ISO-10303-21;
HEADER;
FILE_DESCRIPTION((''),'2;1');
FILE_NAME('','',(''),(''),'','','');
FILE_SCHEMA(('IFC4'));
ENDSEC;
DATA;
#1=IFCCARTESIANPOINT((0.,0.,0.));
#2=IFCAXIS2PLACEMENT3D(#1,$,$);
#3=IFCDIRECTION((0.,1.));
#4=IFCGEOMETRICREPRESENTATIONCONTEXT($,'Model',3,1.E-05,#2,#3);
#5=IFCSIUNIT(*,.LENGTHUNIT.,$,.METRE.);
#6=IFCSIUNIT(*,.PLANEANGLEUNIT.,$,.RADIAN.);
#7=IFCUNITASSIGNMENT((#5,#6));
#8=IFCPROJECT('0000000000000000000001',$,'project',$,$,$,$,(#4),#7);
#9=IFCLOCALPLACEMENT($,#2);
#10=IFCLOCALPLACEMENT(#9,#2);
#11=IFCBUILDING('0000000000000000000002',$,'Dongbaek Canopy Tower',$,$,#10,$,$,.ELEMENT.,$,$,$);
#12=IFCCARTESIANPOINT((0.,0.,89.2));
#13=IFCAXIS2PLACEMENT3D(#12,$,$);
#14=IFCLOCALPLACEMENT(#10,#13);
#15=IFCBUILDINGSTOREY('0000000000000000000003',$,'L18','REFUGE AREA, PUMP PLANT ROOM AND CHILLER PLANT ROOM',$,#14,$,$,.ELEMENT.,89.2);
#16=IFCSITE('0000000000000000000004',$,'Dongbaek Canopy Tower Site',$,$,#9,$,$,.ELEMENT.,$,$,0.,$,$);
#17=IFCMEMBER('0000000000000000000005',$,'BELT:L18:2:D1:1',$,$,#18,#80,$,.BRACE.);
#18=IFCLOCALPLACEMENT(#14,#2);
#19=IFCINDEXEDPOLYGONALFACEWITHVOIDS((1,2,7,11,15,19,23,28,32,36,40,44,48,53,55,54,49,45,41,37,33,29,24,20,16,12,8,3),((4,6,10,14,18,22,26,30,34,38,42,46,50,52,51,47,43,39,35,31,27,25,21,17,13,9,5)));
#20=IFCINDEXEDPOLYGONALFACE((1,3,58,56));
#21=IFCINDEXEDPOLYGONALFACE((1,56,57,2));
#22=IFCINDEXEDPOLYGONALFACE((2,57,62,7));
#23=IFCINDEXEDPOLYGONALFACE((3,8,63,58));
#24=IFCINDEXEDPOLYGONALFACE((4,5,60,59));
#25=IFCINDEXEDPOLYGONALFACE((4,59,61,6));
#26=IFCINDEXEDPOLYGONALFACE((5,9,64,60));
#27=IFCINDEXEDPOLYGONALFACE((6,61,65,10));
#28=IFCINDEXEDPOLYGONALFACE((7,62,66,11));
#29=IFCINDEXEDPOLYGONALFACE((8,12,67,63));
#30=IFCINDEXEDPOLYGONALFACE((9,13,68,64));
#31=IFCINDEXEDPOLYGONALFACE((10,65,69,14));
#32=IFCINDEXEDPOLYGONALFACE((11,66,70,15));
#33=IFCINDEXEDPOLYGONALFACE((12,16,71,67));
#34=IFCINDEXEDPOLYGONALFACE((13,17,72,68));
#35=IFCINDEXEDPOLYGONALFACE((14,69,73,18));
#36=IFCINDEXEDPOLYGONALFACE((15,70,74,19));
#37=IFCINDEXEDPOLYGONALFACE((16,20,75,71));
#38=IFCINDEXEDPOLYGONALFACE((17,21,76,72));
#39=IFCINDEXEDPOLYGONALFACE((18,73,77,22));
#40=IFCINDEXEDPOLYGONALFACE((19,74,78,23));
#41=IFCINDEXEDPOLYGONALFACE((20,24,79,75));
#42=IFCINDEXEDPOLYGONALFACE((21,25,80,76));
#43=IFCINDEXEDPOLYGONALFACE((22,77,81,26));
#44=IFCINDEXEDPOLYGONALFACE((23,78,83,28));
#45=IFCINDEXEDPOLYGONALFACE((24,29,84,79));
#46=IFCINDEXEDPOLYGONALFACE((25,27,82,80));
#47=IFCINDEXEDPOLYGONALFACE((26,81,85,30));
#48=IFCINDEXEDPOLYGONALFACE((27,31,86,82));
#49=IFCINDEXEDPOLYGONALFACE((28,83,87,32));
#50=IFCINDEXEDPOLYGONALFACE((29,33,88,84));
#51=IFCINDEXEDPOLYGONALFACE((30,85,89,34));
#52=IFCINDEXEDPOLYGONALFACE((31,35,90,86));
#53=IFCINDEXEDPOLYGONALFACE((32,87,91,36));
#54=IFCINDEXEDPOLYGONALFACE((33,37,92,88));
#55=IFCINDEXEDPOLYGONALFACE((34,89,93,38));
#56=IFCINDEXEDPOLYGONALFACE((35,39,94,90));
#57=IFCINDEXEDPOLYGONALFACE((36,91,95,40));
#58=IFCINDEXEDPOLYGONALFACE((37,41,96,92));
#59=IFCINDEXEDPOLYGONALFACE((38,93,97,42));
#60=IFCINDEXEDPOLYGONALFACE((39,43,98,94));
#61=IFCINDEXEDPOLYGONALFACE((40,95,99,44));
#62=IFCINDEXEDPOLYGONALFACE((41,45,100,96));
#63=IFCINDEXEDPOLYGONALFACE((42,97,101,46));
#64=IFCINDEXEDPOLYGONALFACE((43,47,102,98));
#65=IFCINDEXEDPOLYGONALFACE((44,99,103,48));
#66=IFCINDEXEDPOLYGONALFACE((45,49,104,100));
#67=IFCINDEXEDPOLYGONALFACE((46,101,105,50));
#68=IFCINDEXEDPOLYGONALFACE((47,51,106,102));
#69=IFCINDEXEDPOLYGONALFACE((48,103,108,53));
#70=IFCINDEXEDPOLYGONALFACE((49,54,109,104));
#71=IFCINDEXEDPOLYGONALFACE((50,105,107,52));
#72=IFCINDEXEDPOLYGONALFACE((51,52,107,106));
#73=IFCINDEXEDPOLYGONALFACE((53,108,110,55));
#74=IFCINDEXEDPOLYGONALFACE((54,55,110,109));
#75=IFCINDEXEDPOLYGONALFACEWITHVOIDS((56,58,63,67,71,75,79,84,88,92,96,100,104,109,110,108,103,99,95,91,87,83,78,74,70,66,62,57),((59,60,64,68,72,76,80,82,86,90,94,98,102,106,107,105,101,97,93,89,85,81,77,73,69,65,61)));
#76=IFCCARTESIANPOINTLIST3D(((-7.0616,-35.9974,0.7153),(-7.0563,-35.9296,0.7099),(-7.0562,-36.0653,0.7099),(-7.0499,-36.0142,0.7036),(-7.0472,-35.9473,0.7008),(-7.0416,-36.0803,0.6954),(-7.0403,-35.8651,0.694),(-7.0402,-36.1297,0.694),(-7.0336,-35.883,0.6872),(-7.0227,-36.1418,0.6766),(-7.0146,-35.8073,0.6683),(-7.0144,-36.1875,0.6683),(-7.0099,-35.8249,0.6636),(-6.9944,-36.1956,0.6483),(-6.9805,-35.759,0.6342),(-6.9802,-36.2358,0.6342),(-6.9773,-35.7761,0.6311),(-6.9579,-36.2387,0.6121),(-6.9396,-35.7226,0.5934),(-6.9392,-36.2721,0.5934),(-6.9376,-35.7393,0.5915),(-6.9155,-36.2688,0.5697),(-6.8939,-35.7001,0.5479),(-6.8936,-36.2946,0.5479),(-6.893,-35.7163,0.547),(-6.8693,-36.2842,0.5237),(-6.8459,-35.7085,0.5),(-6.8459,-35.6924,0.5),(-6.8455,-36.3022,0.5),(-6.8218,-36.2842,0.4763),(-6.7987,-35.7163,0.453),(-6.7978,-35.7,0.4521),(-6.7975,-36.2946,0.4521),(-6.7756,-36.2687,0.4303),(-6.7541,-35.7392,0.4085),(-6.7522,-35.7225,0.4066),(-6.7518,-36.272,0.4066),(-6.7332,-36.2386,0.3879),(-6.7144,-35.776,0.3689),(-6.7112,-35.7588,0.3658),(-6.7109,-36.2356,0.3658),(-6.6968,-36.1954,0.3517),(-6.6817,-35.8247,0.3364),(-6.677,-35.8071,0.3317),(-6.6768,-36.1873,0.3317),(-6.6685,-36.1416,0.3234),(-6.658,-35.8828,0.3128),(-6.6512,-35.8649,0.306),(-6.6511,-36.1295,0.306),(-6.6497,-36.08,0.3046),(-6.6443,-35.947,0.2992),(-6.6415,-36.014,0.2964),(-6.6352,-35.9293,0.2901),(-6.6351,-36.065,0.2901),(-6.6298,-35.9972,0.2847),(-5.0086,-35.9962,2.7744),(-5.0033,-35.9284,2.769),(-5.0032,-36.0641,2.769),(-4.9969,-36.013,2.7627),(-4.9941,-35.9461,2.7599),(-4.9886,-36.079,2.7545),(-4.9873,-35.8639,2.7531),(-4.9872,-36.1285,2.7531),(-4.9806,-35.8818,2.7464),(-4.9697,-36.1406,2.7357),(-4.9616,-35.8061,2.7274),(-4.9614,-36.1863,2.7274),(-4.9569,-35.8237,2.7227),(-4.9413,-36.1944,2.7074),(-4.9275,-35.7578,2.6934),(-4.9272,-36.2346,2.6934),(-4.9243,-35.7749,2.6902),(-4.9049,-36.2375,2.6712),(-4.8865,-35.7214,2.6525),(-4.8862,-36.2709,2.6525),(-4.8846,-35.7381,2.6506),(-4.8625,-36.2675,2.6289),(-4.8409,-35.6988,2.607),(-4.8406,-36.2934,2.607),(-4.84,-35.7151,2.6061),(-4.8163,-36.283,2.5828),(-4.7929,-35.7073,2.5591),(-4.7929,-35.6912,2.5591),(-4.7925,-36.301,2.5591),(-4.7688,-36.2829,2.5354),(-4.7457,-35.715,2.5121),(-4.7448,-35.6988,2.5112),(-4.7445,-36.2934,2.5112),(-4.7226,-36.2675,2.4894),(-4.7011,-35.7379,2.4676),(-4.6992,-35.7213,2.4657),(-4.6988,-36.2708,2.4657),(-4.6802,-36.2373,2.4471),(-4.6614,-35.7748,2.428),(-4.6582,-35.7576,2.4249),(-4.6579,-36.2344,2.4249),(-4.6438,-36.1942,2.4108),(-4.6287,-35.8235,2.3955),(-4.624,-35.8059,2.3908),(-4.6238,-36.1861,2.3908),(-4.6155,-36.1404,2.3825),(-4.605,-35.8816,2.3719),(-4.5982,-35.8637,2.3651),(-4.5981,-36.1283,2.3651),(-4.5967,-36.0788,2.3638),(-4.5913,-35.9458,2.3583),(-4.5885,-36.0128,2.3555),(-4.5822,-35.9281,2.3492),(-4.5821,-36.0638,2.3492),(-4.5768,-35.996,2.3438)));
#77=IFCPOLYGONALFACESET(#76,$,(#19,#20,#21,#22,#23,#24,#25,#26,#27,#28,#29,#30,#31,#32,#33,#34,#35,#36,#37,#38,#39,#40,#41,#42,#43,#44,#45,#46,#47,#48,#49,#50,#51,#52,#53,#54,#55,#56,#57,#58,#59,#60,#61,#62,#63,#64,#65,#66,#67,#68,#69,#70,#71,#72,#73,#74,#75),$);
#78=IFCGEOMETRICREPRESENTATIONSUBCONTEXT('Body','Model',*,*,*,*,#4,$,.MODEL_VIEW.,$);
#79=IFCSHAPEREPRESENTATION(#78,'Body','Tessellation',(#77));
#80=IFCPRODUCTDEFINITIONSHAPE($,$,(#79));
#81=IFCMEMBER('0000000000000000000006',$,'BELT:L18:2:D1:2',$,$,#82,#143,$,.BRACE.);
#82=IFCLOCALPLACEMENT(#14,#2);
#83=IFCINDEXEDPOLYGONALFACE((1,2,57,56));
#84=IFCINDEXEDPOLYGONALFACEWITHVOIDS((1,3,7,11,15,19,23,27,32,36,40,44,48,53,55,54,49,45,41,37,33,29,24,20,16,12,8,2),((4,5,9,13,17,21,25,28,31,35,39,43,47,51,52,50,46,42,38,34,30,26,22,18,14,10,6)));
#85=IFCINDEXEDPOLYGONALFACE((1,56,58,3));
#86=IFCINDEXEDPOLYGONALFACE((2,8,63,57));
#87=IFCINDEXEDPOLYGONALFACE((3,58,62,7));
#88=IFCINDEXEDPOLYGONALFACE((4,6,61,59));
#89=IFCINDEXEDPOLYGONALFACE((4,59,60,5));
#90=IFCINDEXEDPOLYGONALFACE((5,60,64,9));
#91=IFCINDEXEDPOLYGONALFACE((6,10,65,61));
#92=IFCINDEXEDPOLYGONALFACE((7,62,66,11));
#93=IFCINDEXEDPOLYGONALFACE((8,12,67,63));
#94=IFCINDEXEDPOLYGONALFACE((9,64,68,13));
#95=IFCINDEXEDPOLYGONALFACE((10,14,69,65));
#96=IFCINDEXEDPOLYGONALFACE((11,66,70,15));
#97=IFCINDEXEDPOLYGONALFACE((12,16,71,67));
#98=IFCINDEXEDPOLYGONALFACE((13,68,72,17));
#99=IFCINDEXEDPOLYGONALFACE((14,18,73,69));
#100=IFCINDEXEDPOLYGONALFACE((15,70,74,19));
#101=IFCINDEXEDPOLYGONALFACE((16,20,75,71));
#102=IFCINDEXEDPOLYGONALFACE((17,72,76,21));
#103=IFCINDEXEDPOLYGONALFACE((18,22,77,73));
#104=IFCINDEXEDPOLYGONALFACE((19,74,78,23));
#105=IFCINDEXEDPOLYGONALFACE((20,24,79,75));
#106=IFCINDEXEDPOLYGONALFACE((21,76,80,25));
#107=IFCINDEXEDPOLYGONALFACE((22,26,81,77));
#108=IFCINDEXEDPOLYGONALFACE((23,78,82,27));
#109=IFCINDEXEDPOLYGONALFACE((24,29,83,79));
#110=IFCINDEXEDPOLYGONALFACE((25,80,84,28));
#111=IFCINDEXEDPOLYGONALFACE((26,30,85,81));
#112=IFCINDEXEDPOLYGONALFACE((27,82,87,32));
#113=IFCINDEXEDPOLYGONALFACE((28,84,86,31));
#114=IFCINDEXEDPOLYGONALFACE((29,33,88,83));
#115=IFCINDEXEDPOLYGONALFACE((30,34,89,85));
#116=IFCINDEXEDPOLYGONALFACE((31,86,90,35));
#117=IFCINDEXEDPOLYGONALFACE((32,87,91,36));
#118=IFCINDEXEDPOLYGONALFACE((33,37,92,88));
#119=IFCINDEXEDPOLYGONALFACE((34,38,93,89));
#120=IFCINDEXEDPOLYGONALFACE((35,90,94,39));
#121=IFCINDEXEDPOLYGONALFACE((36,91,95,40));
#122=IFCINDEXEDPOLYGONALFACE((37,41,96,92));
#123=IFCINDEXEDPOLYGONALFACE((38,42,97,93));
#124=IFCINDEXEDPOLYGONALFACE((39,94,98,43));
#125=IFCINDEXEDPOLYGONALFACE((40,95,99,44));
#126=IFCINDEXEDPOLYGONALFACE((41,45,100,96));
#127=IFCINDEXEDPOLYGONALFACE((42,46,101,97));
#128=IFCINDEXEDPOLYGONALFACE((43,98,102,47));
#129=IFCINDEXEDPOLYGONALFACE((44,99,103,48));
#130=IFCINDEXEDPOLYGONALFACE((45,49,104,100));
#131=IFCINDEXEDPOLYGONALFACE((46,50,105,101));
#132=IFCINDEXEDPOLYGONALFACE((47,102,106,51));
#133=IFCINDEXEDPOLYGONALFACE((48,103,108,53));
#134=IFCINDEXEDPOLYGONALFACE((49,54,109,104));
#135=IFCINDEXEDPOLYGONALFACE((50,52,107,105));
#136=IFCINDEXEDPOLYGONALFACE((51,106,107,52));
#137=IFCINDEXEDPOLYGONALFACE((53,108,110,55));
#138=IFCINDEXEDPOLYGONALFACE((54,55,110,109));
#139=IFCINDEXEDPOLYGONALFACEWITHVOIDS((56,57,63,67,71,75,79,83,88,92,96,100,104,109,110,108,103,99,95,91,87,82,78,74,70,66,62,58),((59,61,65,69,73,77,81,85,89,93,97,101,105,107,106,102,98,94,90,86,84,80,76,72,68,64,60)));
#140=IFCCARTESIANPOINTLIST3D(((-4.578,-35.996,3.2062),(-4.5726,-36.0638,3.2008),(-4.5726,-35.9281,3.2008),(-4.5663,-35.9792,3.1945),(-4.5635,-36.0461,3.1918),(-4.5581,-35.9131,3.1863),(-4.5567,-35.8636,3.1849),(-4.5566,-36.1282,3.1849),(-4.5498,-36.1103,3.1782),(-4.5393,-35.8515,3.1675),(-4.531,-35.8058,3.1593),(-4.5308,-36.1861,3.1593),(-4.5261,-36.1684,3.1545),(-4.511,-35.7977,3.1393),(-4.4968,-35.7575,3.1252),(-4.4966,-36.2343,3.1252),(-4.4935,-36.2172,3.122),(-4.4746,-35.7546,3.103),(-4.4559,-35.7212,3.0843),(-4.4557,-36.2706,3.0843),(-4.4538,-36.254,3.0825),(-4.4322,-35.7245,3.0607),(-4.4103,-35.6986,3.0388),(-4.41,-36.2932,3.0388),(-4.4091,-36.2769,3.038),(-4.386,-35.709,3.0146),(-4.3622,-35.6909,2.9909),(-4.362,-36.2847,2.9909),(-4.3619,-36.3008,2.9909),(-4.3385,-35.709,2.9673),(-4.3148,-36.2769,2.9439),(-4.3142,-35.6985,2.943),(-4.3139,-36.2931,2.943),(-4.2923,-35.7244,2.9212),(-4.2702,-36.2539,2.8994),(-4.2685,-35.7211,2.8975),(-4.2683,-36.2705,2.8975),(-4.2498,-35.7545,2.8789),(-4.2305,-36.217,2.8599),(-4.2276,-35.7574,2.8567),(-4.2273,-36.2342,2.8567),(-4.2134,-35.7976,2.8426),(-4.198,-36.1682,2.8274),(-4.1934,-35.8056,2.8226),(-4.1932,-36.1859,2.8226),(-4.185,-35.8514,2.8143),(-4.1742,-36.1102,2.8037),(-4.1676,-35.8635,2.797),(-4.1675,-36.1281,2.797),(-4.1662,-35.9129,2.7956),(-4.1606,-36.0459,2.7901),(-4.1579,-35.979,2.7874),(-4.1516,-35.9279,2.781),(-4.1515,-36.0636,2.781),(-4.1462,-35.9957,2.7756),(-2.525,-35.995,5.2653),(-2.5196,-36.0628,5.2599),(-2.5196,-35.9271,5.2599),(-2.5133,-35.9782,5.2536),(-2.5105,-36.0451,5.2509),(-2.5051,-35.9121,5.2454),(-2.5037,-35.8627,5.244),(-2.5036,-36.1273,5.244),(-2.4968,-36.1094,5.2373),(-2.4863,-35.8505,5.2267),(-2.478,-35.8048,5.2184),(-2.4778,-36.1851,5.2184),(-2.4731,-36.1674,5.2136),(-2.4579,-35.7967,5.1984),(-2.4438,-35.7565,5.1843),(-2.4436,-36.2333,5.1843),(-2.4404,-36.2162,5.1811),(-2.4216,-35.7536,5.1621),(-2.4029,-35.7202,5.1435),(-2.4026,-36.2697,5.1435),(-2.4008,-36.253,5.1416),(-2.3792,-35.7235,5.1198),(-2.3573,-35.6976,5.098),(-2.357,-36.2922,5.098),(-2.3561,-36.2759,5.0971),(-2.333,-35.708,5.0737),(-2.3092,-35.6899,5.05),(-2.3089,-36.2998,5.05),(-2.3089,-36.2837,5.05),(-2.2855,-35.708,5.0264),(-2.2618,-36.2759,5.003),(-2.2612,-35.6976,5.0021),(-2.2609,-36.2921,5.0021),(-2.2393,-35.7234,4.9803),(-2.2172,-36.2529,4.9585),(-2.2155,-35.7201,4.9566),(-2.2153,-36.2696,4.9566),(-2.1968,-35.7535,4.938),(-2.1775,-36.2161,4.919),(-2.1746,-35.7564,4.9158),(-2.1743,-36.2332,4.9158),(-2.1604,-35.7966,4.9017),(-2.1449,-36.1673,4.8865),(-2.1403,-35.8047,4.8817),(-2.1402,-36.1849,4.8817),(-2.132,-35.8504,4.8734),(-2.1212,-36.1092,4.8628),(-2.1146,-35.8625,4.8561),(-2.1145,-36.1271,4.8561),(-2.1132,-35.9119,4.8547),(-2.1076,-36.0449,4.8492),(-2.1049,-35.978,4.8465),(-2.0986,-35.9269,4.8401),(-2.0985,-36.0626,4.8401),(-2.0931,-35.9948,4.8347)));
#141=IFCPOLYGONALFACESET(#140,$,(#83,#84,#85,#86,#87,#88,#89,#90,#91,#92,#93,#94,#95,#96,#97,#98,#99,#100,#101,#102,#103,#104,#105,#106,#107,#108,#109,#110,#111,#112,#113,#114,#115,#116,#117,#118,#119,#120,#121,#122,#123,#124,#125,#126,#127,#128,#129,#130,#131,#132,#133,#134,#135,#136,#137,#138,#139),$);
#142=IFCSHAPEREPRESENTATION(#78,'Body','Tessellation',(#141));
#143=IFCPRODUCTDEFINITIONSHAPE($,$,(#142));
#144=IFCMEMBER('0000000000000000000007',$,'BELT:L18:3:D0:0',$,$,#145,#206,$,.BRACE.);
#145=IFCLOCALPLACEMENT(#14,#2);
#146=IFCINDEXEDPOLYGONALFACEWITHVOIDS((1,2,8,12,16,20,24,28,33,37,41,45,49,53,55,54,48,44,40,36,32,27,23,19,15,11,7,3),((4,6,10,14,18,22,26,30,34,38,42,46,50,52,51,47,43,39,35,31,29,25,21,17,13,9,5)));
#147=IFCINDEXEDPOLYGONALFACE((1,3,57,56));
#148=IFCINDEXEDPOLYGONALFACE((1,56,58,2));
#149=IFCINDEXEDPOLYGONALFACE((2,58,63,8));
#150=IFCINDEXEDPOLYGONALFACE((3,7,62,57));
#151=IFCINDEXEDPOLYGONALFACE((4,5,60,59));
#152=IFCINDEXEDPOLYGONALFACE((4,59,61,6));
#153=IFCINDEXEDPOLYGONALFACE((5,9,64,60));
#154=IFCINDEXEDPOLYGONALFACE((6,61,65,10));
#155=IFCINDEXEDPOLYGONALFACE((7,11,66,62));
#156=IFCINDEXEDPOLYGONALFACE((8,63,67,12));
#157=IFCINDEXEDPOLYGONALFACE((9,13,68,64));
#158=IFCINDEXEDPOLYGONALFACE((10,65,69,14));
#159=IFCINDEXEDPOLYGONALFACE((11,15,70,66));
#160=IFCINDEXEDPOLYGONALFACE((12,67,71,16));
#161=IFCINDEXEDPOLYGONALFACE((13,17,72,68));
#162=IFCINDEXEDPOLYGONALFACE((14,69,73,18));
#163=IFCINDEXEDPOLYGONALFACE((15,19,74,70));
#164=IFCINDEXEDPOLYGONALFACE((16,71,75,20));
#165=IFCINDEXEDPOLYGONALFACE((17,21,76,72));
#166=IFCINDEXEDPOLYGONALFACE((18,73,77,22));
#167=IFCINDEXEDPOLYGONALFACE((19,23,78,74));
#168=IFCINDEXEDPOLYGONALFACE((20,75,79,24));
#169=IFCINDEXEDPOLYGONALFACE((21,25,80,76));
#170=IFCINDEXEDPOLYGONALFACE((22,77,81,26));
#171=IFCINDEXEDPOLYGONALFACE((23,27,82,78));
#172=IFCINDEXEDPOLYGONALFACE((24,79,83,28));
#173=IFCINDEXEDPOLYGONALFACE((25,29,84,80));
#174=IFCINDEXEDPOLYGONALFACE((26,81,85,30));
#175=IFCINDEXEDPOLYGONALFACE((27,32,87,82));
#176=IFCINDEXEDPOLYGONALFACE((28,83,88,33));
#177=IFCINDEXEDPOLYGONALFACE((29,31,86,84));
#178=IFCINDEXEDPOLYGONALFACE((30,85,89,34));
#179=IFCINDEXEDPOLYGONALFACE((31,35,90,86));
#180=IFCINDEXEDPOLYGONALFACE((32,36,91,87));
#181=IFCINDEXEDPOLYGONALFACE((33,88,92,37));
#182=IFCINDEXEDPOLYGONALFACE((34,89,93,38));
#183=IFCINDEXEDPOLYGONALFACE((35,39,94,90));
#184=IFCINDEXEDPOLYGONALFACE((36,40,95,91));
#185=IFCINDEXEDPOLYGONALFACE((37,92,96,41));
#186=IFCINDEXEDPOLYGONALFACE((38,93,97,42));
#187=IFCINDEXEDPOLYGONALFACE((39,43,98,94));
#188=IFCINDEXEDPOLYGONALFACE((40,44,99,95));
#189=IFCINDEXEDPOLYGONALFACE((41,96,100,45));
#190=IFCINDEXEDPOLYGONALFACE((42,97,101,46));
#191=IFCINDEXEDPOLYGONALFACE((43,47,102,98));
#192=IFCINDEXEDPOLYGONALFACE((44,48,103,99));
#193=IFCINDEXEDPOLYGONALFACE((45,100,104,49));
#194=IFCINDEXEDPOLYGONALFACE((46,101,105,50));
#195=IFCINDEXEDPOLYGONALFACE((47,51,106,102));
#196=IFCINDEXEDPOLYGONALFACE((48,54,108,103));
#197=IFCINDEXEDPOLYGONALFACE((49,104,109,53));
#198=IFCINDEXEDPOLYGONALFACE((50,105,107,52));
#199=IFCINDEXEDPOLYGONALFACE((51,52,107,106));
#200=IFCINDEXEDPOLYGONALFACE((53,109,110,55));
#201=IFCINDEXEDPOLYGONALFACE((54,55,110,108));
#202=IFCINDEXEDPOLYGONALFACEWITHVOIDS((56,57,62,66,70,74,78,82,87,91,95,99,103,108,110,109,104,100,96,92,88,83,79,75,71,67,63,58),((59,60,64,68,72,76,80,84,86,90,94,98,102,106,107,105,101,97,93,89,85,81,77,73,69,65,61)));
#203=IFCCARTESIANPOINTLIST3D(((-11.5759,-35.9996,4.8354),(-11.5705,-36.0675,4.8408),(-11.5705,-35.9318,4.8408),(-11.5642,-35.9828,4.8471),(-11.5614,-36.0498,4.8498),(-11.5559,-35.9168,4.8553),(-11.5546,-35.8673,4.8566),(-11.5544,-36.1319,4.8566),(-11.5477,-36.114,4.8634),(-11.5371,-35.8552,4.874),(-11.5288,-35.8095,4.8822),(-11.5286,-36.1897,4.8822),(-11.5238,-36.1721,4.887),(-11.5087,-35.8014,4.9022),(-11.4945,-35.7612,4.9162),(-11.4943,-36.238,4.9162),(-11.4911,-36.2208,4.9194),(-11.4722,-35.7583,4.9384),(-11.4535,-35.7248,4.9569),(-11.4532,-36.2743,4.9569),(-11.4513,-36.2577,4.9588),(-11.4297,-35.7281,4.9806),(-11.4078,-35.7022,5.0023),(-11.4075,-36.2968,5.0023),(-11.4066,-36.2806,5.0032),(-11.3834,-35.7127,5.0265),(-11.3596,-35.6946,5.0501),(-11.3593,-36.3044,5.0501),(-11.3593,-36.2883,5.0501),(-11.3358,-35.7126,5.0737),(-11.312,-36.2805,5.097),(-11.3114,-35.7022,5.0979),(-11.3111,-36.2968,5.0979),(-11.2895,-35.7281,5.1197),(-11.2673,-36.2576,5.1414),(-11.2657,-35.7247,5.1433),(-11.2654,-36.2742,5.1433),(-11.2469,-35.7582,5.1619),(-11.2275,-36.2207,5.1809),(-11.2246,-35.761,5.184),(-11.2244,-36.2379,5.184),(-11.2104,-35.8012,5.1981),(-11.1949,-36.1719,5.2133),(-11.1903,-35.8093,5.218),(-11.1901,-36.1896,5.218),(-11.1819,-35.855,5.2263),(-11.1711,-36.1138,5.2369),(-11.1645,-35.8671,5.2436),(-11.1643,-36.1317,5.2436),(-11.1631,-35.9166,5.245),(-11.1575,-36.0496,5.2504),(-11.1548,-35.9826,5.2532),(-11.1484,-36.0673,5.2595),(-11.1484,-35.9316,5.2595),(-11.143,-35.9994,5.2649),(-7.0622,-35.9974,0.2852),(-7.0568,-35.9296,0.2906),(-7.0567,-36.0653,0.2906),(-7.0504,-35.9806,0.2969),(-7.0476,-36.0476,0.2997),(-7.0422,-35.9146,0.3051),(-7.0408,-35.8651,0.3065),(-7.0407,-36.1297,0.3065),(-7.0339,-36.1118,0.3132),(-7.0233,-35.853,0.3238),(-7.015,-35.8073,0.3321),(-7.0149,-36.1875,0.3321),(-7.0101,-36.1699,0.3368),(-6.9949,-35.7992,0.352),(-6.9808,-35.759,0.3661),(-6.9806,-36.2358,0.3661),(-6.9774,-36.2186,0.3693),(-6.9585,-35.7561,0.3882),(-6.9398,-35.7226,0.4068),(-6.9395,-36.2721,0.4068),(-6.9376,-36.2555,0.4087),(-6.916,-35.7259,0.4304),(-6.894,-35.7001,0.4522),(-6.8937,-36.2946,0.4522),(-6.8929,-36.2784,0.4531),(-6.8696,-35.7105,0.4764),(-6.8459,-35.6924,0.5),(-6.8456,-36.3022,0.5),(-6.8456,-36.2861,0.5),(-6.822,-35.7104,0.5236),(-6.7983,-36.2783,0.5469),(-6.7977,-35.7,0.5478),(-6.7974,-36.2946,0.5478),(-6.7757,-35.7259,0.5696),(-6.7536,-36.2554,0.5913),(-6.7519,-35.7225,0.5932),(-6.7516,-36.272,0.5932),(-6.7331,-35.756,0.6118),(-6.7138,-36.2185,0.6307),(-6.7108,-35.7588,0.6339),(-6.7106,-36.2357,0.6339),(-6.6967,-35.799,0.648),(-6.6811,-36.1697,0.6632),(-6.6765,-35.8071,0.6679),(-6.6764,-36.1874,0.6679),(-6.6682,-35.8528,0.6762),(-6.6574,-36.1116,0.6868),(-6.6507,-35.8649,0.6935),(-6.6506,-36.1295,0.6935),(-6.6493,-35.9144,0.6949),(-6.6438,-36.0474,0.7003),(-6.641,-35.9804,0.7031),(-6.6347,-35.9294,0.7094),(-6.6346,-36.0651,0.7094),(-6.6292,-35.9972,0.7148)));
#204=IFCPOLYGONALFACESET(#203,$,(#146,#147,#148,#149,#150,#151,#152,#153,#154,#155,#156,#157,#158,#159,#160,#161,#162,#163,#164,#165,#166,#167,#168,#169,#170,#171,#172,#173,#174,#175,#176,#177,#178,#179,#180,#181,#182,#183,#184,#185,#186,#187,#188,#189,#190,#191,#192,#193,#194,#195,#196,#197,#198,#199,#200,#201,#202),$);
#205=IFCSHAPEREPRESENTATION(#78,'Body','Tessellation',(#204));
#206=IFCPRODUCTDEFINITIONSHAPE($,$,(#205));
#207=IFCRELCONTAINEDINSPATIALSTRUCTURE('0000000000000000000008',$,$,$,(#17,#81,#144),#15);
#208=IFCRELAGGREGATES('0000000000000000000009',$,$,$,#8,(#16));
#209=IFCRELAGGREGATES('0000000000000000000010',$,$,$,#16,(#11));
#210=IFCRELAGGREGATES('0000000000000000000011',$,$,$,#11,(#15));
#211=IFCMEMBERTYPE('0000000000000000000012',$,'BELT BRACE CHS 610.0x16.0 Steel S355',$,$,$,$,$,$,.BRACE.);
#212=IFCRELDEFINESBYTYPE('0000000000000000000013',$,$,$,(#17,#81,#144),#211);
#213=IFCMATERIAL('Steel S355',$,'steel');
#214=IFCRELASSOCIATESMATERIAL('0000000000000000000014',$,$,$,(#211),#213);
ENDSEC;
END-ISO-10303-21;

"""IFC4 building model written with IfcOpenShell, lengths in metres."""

from ifc_helpers import new_model, si_unit, direction, frame, origin, origin_2d, place, context, subcontext, project, spatial, hollow_circle, extrude, material, material_profile, profile_set, type_object, element, save


model = new_model("IFC4")

# Units and contexts
model_context = context("Model", 3, precision=1e-05, world=origin(), true_north=direction((0.0, 1.0)))
body_context = subcontext(model_context, "Body", "Model", "MODEL_VIEW")
ifc_project = project(units=[si_unit("LENGTHUNIT", "METRE"), si_unit("PLANEANGLEUNIT", "RADIAN")], contexts=[model_context])

# Site, building, storey
site_placement = place(None, origin())
site = spatial("IfcSite", under=ifc_project, at=site_placement, Name="Dongbaek Canopy Tower Site", CompositionType="ELEMENT", RefElevation=0.0)
building_placement = place(site_placement, origin())
building = spatial("IfcBuilding", under=site, at=building_placement, Name="Dongbaek Canopy Tower", CompositionType="ELEMENT")
storey_placement = place(building_placement, frame((0.0, 0.0, 89.2)))
storey = spatial("IfcBuildingStorey", under=building, at=storey_placement, Name="L18", Description="REFUGE AREA, PUMP PLANT ROOM AND CHILLER PLANT ROOM", CompositionType="ELEMENT", Elevation=89.2)

# Members
ifc_material_1 = material(Name="Steel S355", Category="steel")
ifc_material_profile_1 = material_profile(ifc_material_1, hollow_circle(Radius=0.3049, WallThickness=0.0161, at=origin_2d()), Name="BELT BRACE CHS 610.0x16.0 Steel S355")
ifc_profile_set_1 = profile_set([ifc_material_profile_1], Name="Steel S355")
member_type_1 = type_object("IfcMemberType", Name="BELT BRACE CHS 610.0x16.0 Steel S355", PredefinedType="BRACE", material=ifc_profile_set_1)
for number, where, z_axis, x_axis, name in (
    (1, (-6.8457, -35.9973, 0.5), (0.706056, 0.00042, 0.708155), (-0.000595, 1.0, 0.0), "BELT:L18:2:D1:1"),
    (2, (-2.3091, -35.9949, 5.05), (-0.706056, -0.000336, -0.708156), (0.000476, -1.0, 0.0), "BELT:L18:2:D1:2"),
):
    element("IfcMember", number, at=place(storey_placement, frame(where, z_axis=z_axis, x_axis=x_axis)), inside=storey, type_object=member_type_1, Name=name, PredefinedType="BRACE", context=body_context, shape_type="SweptSolid", body=[
        extrude(hollow_circle(Radius=0.3049, WallThickness=0.0161, at=origin_2d()), origin(), (0.0, 0.0, 1.0), 2.9077),
    ])
member_1_placement = place(storey_placement, frame((-6.8457, -35.9973, 0.5), z_axis=(-0.704263, -0.000343, 0.709939), x_axis=(0.000487, -1.0, 0.0)))
element("IfcMember", 3, at=member_1_placement, inside=storey, type_object=member_type_1, Name="BELT:L18:3:D0:0", PredefinedType="BRACE", context=body_context, shape_type="SweptSolid", body=[
    extrude(hollow_circle(Radius=0.3049, WallThickness=0.0161, at=origin_2d()), origin(), (0.0, 0.0, 1.0), 6.4092),
])

save(model, "model.ifc")
